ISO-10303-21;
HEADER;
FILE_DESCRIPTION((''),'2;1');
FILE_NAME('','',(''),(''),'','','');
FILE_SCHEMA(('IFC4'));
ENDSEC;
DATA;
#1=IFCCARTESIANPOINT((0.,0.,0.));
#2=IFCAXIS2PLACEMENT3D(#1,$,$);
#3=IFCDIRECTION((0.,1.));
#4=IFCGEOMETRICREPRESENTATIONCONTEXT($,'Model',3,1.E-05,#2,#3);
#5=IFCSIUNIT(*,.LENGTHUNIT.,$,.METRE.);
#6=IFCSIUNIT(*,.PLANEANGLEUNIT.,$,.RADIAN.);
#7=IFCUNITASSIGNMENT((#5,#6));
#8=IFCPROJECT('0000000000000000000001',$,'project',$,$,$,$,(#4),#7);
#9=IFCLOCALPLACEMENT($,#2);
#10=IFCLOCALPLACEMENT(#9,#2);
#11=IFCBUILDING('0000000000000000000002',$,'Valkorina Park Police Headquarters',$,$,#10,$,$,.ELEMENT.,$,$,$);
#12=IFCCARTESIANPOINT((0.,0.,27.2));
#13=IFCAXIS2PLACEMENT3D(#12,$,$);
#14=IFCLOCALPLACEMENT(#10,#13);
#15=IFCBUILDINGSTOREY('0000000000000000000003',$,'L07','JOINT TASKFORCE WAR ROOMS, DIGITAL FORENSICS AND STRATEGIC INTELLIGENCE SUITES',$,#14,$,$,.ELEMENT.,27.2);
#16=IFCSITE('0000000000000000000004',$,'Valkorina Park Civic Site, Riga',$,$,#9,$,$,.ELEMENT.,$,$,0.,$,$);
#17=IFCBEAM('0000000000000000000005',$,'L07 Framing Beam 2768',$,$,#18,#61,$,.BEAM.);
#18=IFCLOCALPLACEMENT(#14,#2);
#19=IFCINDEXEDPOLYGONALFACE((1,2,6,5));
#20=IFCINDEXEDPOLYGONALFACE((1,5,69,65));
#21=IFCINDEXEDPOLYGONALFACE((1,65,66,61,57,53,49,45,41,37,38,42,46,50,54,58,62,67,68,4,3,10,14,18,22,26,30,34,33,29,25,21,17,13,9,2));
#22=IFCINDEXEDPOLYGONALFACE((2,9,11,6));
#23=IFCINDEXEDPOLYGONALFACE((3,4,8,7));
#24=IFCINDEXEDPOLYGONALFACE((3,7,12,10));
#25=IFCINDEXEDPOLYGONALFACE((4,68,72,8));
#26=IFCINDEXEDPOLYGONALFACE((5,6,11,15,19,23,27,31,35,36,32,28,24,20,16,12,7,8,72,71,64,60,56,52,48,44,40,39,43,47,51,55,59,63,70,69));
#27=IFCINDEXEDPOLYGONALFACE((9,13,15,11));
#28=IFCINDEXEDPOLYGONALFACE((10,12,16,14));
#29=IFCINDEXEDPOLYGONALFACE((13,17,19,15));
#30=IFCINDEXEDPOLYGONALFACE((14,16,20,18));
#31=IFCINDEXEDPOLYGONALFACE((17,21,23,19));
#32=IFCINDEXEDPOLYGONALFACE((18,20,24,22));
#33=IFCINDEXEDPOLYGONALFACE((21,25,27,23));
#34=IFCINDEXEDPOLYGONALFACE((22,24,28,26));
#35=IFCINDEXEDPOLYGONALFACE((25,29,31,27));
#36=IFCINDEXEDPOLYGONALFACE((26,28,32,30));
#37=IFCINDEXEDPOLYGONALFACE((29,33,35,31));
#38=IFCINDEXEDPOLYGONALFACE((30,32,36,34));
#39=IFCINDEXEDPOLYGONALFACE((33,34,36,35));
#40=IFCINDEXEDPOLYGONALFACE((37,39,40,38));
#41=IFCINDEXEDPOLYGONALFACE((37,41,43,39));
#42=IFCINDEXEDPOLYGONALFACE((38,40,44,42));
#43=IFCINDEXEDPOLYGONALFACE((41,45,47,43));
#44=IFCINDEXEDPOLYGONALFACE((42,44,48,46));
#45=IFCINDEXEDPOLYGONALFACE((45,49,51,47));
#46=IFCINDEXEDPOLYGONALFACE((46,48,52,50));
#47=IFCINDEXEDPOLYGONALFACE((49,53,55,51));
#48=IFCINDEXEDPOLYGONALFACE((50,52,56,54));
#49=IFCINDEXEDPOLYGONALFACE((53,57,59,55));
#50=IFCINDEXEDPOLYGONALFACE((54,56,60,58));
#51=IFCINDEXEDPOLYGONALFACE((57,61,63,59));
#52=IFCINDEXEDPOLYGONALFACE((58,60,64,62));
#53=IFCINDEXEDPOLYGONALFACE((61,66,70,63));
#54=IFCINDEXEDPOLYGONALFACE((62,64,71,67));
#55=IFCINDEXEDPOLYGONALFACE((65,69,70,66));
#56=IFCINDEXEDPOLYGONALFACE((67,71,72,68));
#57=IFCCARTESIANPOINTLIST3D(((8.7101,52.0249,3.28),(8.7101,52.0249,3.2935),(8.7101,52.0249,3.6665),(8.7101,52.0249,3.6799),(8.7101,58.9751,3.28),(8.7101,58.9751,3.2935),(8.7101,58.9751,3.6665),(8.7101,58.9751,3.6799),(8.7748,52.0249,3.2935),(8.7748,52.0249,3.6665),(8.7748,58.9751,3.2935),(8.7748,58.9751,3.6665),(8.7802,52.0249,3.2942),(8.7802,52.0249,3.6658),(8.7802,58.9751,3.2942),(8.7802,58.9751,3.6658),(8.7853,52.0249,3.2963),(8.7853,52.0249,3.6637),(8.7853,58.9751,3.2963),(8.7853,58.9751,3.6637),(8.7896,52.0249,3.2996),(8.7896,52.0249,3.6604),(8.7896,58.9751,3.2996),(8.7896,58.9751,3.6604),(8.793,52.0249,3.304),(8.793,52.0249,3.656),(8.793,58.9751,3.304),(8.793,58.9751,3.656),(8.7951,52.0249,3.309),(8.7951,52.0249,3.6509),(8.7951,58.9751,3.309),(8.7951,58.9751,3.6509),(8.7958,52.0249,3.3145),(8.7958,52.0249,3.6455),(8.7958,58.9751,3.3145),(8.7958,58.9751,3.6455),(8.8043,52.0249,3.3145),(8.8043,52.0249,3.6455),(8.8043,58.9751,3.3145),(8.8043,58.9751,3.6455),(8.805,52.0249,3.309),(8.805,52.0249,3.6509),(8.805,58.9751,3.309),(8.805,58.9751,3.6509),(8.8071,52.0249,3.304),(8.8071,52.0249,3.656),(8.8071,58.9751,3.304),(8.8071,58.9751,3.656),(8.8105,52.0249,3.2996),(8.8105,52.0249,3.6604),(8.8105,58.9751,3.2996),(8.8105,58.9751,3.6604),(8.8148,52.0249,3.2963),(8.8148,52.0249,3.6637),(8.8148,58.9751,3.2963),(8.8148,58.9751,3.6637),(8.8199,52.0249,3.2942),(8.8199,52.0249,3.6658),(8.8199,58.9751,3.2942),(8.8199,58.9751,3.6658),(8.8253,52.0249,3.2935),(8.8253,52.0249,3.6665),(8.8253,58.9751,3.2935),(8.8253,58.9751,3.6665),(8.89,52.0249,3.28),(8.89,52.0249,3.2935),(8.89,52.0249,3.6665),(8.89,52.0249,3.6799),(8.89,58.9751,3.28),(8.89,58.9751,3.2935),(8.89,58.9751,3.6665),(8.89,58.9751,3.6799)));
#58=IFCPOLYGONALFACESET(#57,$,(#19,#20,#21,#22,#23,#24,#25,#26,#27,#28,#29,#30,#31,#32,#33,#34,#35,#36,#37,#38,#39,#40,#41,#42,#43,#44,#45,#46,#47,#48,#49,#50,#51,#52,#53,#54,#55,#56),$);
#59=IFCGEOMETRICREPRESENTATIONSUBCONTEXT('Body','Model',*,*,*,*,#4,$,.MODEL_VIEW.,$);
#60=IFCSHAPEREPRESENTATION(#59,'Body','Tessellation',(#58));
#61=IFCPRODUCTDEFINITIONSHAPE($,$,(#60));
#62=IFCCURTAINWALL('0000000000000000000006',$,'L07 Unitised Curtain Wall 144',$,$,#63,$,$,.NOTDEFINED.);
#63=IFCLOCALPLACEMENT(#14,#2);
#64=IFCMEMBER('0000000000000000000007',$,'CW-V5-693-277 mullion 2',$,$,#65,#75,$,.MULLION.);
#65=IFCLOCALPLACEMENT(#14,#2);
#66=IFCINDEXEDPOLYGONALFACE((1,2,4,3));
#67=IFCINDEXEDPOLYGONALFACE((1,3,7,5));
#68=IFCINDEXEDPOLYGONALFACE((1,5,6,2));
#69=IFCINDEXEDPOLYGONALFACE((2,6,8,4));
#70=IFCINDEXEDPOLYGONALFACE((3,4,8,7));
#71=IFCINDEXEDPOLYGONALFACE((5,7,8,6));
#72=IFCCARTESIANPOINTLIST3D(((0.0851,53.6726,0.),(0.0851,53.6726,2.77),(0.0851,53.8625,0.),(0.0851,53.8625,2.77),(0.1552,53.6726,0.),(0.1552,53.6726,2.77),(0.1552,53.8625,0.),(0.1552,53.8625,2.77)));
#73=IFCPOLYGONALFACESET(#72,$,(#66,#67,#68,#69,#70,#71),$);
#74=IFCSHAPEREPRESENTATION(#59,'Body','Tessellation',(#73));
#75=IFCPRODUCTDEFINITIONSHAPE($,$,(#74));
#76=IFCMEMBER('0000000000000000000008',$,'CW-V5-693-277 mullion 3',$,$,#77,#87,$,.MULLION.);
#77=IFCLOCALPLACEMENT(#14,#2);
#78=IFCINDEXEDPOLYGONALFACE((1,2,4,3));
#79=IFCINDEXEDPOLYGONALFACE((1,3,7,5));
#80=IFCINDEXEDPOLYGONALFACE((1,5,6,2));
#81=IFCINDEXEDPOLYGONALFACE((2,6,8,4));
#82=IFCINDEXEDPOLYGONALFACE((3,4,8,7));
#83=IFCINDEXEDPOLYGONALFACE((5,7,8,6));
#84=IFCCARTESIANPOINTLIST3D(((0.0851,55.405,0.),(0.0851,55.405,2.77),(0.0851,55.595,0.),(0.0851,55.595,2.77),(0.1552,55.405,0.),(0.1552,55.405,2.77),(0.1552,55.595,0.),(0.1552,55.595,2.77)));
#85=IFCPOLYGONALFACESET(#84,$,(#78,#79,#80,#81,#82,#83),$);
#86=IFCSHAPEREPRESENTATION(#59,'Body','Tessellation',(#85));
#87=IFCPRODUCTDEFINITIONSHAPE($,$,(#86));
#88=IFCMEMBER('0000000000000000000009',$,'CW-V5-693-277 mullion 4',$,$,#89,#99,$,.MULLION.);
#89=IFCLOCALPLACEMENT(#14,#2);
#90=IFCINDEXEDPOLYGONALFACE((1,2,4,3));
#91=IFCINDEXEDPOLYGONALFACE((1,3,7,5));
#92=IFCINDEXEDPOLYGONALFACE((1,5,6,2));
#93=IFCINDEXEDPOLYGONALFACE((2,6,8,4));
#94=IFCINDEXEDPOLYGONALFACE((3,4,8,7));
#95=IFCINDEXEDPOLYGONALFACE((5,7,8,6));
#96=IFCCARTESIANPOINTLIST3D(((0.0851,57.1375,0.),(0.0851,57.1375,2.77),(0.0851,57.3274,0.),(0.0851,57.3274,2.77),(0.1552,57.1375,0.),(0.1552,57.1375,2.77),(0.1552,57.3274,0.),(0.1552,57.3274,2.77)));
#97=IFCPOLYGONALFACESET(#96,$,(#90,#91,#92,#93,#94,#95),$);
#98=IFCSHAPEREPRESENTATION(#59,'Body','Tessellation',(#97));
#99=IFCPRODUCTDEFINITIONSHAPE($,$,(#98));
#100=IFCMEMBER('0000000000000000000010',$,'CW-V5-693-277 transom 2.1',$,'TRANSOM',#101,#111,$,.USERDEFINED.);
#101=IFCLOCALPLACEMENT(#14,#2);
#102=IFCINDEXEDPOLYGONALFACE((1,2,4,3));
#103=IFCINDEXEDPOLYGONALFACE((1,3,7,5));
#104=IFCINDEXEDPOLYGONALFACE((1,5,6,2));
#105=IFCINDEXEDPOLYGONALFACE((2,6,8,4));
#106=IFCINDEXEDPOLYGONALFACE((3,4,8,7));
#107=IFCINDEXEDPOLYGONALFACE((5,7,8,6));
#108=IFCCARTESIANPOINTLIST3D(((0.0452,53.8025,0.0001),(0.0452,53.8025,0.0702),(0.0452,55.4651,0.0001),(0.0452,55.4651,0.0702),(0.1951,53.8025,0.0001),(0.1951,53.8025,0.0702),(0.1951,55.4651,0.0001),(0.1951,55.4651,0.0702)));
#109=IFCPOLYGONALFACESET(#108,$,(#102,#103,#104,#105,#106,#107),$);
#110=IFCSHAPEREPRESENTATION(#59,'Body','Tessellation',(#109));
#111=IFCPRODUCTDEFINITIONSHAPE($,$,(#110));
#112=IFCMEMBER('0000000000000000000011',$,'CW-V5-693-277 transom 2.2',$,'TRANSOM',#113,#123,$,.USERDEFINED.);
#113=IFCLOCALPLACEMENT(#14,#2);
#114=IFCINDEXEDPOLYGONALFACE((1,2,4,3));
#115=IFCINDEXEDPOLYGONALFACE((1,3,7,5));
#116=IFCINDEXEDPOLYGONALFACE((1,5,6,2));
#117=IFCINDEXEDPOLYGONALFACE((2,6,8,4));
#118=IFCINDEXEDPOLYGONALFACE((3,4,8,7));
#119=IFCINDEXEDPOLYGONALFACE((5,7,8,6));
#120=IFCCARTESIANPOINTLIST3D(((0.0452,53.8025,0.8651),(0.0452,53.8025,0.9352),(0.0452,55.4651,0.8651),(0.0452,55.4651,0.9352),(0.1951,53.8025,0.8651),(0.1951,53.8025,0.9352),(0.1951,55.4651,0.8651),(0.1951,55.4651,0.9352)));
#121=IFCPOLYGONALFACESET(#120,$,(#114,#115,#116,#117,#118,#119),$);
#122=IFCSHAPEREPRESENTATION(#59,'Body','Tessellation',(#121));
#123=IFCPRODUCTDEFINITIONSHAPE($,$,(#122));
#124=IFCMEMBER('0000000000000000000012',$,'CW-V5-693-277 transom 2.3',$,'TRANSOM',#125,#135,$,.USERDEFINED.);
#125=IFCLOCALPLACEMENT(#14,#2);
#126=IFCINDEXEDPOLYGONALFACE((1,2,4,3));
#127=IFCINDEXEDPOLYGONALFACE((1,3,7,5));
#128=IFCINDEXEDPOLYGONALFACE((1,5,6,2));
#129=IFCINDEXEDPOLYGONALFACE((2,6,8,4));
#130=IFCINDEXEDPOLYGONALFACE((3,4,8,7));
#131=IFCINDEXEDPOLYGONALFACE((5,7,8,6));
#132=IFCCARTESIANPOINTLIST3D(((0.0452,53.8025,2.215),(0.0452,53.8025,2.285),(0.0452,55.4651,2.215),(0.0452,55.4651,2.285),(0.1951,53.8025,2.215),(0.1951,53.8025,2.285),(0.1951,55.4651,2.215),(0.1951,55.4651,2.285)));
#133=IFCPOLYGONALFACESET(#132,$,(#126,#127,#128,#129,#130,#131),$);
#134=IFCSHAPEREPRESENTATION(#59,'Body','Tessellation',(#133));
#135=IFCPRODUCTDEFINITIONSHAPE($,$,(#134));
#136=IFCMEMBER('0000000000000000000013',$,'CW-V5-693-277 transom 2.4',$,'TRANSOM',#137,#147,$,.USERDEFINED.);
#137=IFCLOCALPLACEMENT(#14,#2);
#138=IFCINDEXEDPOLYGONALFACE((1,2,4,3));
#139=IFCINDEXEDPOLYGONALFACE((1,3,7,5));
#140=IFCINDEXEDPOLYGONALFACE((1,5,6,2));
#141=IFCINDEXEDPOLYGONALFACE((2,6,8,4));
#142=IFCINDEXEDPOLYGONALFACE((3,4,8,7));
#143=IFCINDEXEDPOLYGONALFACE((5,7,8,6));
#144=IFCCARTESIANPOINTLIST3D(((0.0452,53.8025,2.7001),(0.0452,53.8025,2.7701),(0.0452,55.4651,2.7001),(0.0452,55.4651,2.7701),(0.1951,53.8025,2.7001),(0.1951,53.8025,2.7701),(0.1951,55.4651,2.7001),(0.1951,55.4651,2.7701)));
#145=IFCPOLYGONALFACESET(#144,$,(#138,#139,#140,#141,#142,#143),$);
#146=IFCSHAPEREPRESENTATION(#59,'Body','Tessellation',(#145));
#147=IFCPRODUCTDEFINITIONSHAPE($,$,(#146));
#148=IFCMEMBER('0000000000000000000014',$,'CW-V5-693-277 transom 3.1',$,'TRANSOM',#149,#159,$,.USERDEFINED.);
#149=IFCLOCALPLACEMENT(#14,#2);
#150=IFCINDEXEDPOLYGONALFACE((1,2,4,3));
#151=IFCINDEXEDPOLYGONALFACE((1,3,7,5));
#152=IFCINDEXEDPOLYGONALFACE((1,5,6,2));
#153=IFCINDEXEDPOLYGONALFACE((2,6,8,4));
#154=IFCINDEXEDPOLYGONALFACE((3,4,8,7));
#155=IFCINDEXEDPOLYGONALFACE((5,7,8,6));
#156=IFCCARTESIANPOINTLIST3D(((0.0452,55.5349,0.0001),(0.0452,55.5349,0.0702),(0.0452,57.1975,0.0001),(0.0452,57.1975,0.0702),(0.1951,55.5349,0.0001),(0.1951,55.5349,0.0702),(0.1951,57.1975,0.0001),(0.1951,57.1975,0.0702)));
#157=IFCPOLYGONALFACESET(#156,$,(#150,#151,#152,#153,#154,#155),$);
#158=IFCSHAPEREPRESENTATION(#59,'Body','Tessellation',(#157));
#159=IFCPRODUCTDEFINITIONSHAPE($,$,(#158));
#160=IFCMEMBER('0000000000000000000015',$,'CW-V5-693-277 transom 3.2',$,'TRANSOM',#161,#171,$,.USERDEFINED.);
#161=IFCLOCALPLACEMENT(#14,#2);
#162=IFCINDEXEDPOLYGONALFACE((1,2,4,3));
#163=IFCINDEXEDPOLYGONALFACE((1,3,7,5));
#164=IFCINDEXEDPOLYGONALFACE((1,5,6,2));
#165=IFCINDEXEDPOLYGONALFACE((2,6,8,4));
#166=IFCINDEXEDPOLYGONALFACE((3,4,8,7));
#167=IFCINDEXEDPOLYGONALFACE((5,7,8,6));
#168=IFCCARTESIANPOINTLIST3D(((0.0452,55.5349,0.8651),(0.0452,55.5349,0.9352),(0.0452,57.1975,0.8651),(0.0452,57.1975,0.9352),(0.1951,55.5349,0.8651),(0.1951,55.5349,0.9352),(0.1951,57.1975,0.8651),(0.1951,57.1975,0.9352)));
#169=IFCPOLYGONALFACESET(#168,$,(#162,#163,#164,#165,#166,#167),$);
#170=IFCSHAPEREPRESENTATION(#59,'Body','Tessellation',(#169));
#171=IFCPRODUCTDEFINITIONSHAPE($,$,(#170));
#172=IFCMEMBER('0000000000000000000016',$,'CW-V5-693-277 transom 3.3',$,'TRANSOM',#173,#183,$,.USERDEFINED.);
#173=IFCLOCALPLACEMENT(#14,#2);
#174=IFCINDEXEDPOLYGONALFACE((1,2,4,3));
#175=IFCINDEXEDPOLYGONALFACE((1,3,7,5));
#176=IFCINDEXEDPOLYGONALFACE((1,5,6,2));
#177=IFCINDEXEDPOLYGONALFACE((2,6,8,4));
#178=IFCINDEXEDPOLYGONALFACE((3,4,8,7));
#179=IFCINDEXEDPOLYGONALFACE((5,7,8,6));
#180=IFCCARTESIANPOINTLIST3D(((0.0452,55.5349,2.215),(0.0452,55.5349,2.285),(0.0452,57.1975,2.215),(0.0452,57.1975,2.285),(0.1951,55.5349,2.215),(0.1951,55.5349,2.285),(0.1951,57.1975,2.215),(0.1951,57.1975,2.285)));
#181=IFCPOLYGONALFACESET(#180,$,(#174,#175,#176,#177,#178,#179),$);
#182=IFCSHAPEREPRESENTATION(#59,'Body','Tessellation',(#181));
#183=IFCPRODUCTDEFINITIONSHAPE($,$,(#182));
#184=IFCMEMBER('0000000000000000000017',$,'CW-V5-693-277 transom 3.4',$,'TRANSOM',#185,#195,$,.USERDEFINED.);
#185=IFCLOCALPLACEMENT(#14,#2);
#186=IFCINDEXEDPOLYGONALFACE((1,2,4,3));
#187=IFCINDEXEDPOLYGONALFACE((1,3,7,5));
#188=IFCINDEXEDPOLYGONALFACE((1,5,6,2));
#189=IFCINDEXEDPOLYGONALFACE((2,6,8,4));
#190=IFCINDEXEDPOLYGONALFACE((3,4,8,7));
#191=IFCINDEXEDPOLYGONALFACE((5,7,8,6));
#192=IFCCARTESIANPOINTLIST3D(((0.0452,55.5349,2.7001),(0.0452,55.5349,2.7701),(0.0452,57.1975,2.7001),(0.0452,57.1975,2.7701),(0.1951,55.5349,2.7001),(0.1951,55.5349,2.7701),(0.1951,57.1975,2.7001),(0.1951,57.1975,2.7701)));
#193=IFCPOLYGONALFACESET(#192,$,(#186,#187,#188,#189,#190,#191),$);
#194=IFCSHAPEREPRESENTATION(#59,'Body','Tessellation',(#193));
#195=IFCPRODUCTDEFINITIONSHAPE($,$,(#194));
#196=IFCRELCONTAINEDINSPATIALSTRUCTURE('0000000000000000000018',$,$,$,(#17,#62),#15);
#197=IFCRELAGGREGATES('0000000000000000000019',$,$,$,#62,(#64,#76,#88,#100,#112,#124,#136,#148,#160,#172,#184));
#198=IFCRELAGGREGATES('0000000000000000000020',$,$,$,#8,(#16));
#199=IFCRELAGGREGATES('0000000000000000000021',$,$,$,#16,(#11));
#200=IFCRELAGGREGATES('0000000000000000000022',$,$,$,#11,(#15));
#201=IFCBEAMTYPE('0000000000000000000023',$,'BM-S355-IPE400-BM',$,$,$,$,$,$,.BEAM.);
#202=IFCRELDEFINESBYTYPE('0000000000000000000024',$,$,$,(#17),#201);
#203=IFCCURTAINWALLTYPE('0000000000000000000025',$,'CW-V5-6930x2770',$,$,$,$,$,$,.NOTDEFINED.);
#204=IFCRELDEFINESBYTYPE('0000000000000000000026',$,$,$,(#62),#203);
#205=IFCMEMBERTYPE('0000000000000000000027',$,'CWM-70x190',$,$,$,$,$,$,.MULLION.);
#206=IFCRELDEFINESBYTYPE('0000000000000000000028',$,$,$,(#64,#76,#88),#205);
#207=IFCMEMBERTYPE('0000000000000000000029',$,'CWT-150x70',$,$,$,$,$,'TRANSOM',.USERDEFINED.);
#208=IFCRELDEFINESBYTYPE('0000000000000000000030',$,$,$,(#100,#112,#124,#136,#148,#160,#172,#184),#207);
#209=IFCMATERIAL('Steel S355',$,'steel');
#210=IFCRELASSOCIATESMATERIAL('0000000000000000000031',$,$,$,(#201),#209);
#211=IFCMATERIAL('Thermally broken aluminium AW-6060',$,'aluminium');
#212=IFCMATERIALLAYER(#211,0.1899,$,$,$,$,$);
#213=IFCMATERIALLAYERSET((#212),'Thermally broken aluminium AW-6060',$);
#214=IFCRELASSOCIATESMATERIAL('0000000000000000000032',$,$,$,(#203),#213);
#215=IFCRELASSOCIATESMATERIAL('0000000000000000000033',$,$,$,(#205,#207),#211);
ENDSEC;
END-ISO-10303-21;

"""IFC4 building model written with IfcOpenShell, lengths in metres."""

from ifc_helpers import new_model, si_unit, direction, frame, origin, origin_2d, place, context, subcontext, project, spatial, rectangle, i_section, extrude, material, layer, layer_set, material_profile, profile_set, type_object, element, aggregate, save


model = new_model("IFC4")

# Units and contexts
model_context = context("Model", 3, precision=1e-05, world=origin(), true_north=direction((0.0, 1.0)))
body_context = subcontext(model_context, "Body", "Model", "MODEL_VIEW")
ifc_project = project(units=[si_unit("LENGTHUNIT", "METRE"), si_unit("PLANEANGLEUNIT", "RADIAN")], contexts=[model_context])

# Site, building, storey
site_placement = place(None, origin())
site = spatial("IfcSite", under=ifc_project, at=site_placement, Name="Valkorina Park Civic Site, Riga", CompositionType="ELEMENT", RefElevation=0.0)
building_placement = place(site_placement, origin())
building = spatial("IfcBuilding", under=site, at=building_placement, Name="Valkorina Park Police Headquarters", CompositionType="ELEMENT")
storey_placement = place(building_placement, frame((0.0, 0.0, 27.2)))
storey = spatial("IfcBuildingStorey", under=building, at=storey_placement, Name="L07", Description="JOINT TASKFORCE WAR ROOMS, DIGITAL FORENSICS AND STRATEGIC INTELLIGENCE SUITES", CompositionType="ELEMENT", Elevation=27.2)

# Shared definitions
ifc_material_1 = material(Name="Steel S355", Category="steel")

# Beam
ifc_material_profile_1 = material_profile(ifc_material_1, i_section(OverallWidth=0.1799, OverallDepth=0.3999, WebThickness=0.0085, FlangeThickness=0.0134, FilletRadius=0.021, at=origin_2d()), Name="IPE 400")
ifc_profile_set_1 = profile_set([ifc_material_profile_1], Name="Steel S355")
beam_type_1 = type_object("IfcBeamType", Name="BM-S355-IPE400-BM", PredefinedType="BEAM", material=ifc_profile_set_1)
beam_1_placement = place(storey_placement, frame((8.8, 52.0249, 3.48), z_axis=(0.0, 1.0, 0.0), x_axis=(-1.0, 0.0, 0.0)))
element("IfcBeam", 1, at=beam_1_placement, inside=storey, type_object=beam_type_1, Name="L07 Framing Beam 2768", PredefinedType="BEAM", context=body_context, shape_type="SweptSolid", body=[
    extrude(i_section(OverallWidth=0.1799, OverallDepth=0.3999, WebThickness=0.0085, FlangeThickness=0.0134, FilletRadius=0.021, at=origin_2d()), origin(), (0.0, 0.0, 1.0), 6.9502),
])

# Curtain wall, members
ifc_material_2 = material(Name="Thermally broken aluminium AW-6060", Category="aluminium")
ifc_layer_1 = layer(ifc_material_2, 0.1899)
ifc_layer_set_1 = layer_set([ifc_layer_1], Name="Thermally broken aluminium AW-6060")
curtain_wall_type = type_object("IfcCurtainWallType", Name="CW-V5-6930x2770", PredefinedType="NOTDEFINED", material=ifc_layer_set_1)
curtain_wall_placement = place(storey_placement, origin())
curtain_wall = element("IfcCurtainWall", 2, at=curtain_wall_placement, inside=storey, type_object=curtain_wall_type, Name="L07 Unitised Curtain Wall 144", PredefinedType="NOTDEFINED")
ifc_material_profile_2 = material_profile(ifc_material_2, rectangle(XDim=0.0701, YDim=0.1899, at=origin_2d()), Name="CWM-02 70x190")
ifc_profile_set_2 = profile_set([ifc_material_profile_2], Name="Thermally broken aluminium AW-6060")
member_type_1 = type_object("IfcMemberType", Name="CWM-70x190", PredefinedType="MULLION", material=ifc_profile_set_2)
member_1_placement = place(storey_placement, frame((0.1201, 53.7676, 0.0), z_axis=(0.0, 0.0, 1.0), x_axis=(-1.0, 0.0, 0.0)))
member_1 = element("IfcMember", 3, at=member_1_placement, type_object=member_type_1, Name="CW-V5-693-277 mullion 2", PredefinedType="MULLION", context=body_context, shape_type="SweptSolid", body=[
    extrude(rectangle(XDim=0.0701, YDim=0.1899, at=origin_2d()), origin(), (0.0, 0.0, 1.0), 2.77),
])
member_2_placement = place(storey_placement, frame((0.1201, 55.5, 0.0), z_axis=(0.0, 0.0, 1.0), x_axis=(-1.0, 0.0, 0.0)))
member_2 = element("IfcMember", 4, at=member_2_placement, type_object=member_type_1, Name="CW-V5-693-277 mullion 3", PredefinedType="MULLION", context=body_context, shape_type="SweptSolid", body=[
    extrude(rectangle(XDim=0.0701, YDim=0.1899, at=origin_2d()), origin(), (0.0, 0.0, 1.0), 2.77),
])
member_3_placement = place(storey_placement, frame((0.1201, 57.2324, 0.0), z_axis=(0.0, 0.0, 1.0), x_axis=(-1.0, 0.0, 0.0)))
member_3 = element("IfcMember", 5, at=member_3_placement, type_object=member_type_1, Name="CW-V5-693-277 mullion 4", PredefinedType="MULLION", context=body_context, shape_type="SweptSolid", body=[
    extrude(rectangle(XDim=0.0701, YDim=0.1899, at=origin_2d()), origin(), (0.0, 0.0, 1.0), 2.77),
])
ifc_material_profile_3 = material_profile(ifc_material_2, rectangle(XDim=0.1499, YDim=0.0701, at=origin_2d()), Name="CWT-02 150x70")
ifc_profile_set_3 = profile_set([ifc_material_profile_3], Name="Thermally broken aluminium AW-6060")
member_type_2 = type_object("IfcMemberType", Name="CWT-150x70", ElementType="TRANSOM", PredefinedType="USERDEFINED", material=ifc_profile_set_3)
member_4_placement = place(storey_placement, frame((0.1201, 53.8025, 0.0352), z_axis=(0.0, 1.0, 0.0), x_axis=(-1.0, 0.0, 0.0)))
member_4 = element("IfcMember", 6, at=member_4_placement, type_object=member_type_2, Name="CW-V5-693-277 transom 2.1", ObjectType="TRANSOM", PredefinedType="USERDEFINED", context=body_context, shape_type="SweptSolid", body=[
    extrude(rectangle(XDim=0.1499, YDim=0.0701, at=origin_2d()), origin(), (0.0, 0.0, 1.0), 1.6626),
])
member_5_placement = place(storey_placement, frame((0.1201, 53.8025, 0.9001), z_axis=(0.0, 1.0, 0.0), x_axis=(-1.0, 0.0, 0.0)))
member_5 = element("IfcMember", 7, at=member_5_placement, type_object=member_type_2, Name="CW-V5-693-277 transom 2.2", ObjectType="TRANSOM", PredefinedType="USERDEFINED", context=body_context, shape_type="SweptSolid", body=[
    extrude(rectangle(XDim=0.1499, YDim=0.0701, at=origin_2d()), origin(), (0.0, 0.0, 1.0), 1.6626),
])
member_6_placement = place(storey_placement, frame((0.1201, 53.8025, 2.25), z_axis=(0.0, 1.0, 0.0), x_axis=(-1.0, 0.0, 0.0)))
member_6 = element("IfcMember", 8, at=member_6_placement, type_object=member_type_2, Name="CW-V5-693-277 transom 2.3", ObjectType="TRANSOM", PredefinedType="USERDEFINED", context=body_context, shape_type="SweptSolid", body=[
    extrude(rectangle(XDim=0.1499, YDim=0.0701, at=origin_2d()), origin(), (0.0, 0.0, 1.0), 1.6626),
])
member_7_placement = place(storey_placement, frame((0.1201, 53.8025, 2.7351), z_axis=(0.0, 1.0, 0.0), x_axis=(-1.0, 0.0, 0.0)))
member_7 = element("IfcMember", 9, at=member_7_placement, type_object=member_type_2, Name="CW-V5-693-277 transom 2.4", ObjectType="TRANSOM", PredefinedType="USERDEFINED", context=body_context, shape_type="SweptSolid", body=[
    extrude(rectangle(XDim=0.1499, YDim=0.0701, at=origin_2d()), origin(), (0.0, 0.0, 1.0), 1.6626),
])
member_8_placement = place(storey_placement, frame((0.1201, 55.5349, 0.0352), z_axis=(0.0, 1.0, 0.0), x_axis=(-1.0, 0.0, 0.0)))
member_8 = element("IfcMember", 10, at=member_8_placement, type_object=member_type_2, Name="CW-V5-693-277 transom 3.1", ObjectType="TRANSOM", PredefinedType="USERDEFINED", context=body_context, shape_type="SweptSolid", body=[
    extrude(rectangle(XDim=0.1499, YDim=0.0701, at=origin_2d()), origin(), (0.0, 0.0, 1.0), 1.6626),
])
member_9_placement = place(storey_placement, frame((0.1201, 55.5349, 0.9001), z_axis=(0.0, 1.0, 0.0), x_axis=(-1.0, 0.0, 0.0)))
member_9 = element("IfcMember", 11, at=member_9_placement, type_object=member_type_2, Name="CW-V5-693-277 transom 3.2", ObjectType="TRANSOM", PredefinedType="USERDEFINED", context=body_context, shape_type="SweptSolid", body=[
    extrude(rectangle(XDim=0.1499, YDim=0.0701, at=origin_2d()), origin(), (0.0, 0.0, 1.0), 1.6626),
])
member_10_placement = place(storey_placement, frame((0.1201, 55.5349, 2.25), z_axis=(0.0, 1.0, 0.0), x_axis=(-1.0, 0.0, 0.0)))
member_10 = element("IfcMember", 12, at=member_10_placement, type_object=member_type_2, Name="CW-V5-693-277 transom 3.3", ObjectType="TRANSOM", PredefinedType="USERDEFINED", context=body_context, shape_type="SweptSolid", body=[
    extrude(rectangle(XDim=0.1499, YDim=0.0701, at=origin_2d()), origin(), (0.0, 0.0, 1.0), 1.6626),
])
member_11_placement = place(storey_placement, frame((0.1201, 55.5349, 2.7351), z_axis=(0.0, 1.0, 0.0), x_axis=(-1.0, 0.0, 0.0)))
member_11 = element("IfcMember", 13, at=member_11_placement, type_object=member_type_2, Name="CW-V5-693-277 transom 3.4", ObjectType="TRANSOM", PredefinedType="USERDEFINED", context=body_context, shape_type="SweptSolid", body=[
    extrude(rectangle(XDim=0.1499, YDim=0.0701, at=origin_2d()), origin(), (0.0, 0.0, 1.0), 1.6626),
])
aggregate(curtain_wall, [member_1, member_2, member_3, member_4, member_5, member_6, member_7, member_8, member_9, member_10, member_11])

save(model, "model.ifc")
